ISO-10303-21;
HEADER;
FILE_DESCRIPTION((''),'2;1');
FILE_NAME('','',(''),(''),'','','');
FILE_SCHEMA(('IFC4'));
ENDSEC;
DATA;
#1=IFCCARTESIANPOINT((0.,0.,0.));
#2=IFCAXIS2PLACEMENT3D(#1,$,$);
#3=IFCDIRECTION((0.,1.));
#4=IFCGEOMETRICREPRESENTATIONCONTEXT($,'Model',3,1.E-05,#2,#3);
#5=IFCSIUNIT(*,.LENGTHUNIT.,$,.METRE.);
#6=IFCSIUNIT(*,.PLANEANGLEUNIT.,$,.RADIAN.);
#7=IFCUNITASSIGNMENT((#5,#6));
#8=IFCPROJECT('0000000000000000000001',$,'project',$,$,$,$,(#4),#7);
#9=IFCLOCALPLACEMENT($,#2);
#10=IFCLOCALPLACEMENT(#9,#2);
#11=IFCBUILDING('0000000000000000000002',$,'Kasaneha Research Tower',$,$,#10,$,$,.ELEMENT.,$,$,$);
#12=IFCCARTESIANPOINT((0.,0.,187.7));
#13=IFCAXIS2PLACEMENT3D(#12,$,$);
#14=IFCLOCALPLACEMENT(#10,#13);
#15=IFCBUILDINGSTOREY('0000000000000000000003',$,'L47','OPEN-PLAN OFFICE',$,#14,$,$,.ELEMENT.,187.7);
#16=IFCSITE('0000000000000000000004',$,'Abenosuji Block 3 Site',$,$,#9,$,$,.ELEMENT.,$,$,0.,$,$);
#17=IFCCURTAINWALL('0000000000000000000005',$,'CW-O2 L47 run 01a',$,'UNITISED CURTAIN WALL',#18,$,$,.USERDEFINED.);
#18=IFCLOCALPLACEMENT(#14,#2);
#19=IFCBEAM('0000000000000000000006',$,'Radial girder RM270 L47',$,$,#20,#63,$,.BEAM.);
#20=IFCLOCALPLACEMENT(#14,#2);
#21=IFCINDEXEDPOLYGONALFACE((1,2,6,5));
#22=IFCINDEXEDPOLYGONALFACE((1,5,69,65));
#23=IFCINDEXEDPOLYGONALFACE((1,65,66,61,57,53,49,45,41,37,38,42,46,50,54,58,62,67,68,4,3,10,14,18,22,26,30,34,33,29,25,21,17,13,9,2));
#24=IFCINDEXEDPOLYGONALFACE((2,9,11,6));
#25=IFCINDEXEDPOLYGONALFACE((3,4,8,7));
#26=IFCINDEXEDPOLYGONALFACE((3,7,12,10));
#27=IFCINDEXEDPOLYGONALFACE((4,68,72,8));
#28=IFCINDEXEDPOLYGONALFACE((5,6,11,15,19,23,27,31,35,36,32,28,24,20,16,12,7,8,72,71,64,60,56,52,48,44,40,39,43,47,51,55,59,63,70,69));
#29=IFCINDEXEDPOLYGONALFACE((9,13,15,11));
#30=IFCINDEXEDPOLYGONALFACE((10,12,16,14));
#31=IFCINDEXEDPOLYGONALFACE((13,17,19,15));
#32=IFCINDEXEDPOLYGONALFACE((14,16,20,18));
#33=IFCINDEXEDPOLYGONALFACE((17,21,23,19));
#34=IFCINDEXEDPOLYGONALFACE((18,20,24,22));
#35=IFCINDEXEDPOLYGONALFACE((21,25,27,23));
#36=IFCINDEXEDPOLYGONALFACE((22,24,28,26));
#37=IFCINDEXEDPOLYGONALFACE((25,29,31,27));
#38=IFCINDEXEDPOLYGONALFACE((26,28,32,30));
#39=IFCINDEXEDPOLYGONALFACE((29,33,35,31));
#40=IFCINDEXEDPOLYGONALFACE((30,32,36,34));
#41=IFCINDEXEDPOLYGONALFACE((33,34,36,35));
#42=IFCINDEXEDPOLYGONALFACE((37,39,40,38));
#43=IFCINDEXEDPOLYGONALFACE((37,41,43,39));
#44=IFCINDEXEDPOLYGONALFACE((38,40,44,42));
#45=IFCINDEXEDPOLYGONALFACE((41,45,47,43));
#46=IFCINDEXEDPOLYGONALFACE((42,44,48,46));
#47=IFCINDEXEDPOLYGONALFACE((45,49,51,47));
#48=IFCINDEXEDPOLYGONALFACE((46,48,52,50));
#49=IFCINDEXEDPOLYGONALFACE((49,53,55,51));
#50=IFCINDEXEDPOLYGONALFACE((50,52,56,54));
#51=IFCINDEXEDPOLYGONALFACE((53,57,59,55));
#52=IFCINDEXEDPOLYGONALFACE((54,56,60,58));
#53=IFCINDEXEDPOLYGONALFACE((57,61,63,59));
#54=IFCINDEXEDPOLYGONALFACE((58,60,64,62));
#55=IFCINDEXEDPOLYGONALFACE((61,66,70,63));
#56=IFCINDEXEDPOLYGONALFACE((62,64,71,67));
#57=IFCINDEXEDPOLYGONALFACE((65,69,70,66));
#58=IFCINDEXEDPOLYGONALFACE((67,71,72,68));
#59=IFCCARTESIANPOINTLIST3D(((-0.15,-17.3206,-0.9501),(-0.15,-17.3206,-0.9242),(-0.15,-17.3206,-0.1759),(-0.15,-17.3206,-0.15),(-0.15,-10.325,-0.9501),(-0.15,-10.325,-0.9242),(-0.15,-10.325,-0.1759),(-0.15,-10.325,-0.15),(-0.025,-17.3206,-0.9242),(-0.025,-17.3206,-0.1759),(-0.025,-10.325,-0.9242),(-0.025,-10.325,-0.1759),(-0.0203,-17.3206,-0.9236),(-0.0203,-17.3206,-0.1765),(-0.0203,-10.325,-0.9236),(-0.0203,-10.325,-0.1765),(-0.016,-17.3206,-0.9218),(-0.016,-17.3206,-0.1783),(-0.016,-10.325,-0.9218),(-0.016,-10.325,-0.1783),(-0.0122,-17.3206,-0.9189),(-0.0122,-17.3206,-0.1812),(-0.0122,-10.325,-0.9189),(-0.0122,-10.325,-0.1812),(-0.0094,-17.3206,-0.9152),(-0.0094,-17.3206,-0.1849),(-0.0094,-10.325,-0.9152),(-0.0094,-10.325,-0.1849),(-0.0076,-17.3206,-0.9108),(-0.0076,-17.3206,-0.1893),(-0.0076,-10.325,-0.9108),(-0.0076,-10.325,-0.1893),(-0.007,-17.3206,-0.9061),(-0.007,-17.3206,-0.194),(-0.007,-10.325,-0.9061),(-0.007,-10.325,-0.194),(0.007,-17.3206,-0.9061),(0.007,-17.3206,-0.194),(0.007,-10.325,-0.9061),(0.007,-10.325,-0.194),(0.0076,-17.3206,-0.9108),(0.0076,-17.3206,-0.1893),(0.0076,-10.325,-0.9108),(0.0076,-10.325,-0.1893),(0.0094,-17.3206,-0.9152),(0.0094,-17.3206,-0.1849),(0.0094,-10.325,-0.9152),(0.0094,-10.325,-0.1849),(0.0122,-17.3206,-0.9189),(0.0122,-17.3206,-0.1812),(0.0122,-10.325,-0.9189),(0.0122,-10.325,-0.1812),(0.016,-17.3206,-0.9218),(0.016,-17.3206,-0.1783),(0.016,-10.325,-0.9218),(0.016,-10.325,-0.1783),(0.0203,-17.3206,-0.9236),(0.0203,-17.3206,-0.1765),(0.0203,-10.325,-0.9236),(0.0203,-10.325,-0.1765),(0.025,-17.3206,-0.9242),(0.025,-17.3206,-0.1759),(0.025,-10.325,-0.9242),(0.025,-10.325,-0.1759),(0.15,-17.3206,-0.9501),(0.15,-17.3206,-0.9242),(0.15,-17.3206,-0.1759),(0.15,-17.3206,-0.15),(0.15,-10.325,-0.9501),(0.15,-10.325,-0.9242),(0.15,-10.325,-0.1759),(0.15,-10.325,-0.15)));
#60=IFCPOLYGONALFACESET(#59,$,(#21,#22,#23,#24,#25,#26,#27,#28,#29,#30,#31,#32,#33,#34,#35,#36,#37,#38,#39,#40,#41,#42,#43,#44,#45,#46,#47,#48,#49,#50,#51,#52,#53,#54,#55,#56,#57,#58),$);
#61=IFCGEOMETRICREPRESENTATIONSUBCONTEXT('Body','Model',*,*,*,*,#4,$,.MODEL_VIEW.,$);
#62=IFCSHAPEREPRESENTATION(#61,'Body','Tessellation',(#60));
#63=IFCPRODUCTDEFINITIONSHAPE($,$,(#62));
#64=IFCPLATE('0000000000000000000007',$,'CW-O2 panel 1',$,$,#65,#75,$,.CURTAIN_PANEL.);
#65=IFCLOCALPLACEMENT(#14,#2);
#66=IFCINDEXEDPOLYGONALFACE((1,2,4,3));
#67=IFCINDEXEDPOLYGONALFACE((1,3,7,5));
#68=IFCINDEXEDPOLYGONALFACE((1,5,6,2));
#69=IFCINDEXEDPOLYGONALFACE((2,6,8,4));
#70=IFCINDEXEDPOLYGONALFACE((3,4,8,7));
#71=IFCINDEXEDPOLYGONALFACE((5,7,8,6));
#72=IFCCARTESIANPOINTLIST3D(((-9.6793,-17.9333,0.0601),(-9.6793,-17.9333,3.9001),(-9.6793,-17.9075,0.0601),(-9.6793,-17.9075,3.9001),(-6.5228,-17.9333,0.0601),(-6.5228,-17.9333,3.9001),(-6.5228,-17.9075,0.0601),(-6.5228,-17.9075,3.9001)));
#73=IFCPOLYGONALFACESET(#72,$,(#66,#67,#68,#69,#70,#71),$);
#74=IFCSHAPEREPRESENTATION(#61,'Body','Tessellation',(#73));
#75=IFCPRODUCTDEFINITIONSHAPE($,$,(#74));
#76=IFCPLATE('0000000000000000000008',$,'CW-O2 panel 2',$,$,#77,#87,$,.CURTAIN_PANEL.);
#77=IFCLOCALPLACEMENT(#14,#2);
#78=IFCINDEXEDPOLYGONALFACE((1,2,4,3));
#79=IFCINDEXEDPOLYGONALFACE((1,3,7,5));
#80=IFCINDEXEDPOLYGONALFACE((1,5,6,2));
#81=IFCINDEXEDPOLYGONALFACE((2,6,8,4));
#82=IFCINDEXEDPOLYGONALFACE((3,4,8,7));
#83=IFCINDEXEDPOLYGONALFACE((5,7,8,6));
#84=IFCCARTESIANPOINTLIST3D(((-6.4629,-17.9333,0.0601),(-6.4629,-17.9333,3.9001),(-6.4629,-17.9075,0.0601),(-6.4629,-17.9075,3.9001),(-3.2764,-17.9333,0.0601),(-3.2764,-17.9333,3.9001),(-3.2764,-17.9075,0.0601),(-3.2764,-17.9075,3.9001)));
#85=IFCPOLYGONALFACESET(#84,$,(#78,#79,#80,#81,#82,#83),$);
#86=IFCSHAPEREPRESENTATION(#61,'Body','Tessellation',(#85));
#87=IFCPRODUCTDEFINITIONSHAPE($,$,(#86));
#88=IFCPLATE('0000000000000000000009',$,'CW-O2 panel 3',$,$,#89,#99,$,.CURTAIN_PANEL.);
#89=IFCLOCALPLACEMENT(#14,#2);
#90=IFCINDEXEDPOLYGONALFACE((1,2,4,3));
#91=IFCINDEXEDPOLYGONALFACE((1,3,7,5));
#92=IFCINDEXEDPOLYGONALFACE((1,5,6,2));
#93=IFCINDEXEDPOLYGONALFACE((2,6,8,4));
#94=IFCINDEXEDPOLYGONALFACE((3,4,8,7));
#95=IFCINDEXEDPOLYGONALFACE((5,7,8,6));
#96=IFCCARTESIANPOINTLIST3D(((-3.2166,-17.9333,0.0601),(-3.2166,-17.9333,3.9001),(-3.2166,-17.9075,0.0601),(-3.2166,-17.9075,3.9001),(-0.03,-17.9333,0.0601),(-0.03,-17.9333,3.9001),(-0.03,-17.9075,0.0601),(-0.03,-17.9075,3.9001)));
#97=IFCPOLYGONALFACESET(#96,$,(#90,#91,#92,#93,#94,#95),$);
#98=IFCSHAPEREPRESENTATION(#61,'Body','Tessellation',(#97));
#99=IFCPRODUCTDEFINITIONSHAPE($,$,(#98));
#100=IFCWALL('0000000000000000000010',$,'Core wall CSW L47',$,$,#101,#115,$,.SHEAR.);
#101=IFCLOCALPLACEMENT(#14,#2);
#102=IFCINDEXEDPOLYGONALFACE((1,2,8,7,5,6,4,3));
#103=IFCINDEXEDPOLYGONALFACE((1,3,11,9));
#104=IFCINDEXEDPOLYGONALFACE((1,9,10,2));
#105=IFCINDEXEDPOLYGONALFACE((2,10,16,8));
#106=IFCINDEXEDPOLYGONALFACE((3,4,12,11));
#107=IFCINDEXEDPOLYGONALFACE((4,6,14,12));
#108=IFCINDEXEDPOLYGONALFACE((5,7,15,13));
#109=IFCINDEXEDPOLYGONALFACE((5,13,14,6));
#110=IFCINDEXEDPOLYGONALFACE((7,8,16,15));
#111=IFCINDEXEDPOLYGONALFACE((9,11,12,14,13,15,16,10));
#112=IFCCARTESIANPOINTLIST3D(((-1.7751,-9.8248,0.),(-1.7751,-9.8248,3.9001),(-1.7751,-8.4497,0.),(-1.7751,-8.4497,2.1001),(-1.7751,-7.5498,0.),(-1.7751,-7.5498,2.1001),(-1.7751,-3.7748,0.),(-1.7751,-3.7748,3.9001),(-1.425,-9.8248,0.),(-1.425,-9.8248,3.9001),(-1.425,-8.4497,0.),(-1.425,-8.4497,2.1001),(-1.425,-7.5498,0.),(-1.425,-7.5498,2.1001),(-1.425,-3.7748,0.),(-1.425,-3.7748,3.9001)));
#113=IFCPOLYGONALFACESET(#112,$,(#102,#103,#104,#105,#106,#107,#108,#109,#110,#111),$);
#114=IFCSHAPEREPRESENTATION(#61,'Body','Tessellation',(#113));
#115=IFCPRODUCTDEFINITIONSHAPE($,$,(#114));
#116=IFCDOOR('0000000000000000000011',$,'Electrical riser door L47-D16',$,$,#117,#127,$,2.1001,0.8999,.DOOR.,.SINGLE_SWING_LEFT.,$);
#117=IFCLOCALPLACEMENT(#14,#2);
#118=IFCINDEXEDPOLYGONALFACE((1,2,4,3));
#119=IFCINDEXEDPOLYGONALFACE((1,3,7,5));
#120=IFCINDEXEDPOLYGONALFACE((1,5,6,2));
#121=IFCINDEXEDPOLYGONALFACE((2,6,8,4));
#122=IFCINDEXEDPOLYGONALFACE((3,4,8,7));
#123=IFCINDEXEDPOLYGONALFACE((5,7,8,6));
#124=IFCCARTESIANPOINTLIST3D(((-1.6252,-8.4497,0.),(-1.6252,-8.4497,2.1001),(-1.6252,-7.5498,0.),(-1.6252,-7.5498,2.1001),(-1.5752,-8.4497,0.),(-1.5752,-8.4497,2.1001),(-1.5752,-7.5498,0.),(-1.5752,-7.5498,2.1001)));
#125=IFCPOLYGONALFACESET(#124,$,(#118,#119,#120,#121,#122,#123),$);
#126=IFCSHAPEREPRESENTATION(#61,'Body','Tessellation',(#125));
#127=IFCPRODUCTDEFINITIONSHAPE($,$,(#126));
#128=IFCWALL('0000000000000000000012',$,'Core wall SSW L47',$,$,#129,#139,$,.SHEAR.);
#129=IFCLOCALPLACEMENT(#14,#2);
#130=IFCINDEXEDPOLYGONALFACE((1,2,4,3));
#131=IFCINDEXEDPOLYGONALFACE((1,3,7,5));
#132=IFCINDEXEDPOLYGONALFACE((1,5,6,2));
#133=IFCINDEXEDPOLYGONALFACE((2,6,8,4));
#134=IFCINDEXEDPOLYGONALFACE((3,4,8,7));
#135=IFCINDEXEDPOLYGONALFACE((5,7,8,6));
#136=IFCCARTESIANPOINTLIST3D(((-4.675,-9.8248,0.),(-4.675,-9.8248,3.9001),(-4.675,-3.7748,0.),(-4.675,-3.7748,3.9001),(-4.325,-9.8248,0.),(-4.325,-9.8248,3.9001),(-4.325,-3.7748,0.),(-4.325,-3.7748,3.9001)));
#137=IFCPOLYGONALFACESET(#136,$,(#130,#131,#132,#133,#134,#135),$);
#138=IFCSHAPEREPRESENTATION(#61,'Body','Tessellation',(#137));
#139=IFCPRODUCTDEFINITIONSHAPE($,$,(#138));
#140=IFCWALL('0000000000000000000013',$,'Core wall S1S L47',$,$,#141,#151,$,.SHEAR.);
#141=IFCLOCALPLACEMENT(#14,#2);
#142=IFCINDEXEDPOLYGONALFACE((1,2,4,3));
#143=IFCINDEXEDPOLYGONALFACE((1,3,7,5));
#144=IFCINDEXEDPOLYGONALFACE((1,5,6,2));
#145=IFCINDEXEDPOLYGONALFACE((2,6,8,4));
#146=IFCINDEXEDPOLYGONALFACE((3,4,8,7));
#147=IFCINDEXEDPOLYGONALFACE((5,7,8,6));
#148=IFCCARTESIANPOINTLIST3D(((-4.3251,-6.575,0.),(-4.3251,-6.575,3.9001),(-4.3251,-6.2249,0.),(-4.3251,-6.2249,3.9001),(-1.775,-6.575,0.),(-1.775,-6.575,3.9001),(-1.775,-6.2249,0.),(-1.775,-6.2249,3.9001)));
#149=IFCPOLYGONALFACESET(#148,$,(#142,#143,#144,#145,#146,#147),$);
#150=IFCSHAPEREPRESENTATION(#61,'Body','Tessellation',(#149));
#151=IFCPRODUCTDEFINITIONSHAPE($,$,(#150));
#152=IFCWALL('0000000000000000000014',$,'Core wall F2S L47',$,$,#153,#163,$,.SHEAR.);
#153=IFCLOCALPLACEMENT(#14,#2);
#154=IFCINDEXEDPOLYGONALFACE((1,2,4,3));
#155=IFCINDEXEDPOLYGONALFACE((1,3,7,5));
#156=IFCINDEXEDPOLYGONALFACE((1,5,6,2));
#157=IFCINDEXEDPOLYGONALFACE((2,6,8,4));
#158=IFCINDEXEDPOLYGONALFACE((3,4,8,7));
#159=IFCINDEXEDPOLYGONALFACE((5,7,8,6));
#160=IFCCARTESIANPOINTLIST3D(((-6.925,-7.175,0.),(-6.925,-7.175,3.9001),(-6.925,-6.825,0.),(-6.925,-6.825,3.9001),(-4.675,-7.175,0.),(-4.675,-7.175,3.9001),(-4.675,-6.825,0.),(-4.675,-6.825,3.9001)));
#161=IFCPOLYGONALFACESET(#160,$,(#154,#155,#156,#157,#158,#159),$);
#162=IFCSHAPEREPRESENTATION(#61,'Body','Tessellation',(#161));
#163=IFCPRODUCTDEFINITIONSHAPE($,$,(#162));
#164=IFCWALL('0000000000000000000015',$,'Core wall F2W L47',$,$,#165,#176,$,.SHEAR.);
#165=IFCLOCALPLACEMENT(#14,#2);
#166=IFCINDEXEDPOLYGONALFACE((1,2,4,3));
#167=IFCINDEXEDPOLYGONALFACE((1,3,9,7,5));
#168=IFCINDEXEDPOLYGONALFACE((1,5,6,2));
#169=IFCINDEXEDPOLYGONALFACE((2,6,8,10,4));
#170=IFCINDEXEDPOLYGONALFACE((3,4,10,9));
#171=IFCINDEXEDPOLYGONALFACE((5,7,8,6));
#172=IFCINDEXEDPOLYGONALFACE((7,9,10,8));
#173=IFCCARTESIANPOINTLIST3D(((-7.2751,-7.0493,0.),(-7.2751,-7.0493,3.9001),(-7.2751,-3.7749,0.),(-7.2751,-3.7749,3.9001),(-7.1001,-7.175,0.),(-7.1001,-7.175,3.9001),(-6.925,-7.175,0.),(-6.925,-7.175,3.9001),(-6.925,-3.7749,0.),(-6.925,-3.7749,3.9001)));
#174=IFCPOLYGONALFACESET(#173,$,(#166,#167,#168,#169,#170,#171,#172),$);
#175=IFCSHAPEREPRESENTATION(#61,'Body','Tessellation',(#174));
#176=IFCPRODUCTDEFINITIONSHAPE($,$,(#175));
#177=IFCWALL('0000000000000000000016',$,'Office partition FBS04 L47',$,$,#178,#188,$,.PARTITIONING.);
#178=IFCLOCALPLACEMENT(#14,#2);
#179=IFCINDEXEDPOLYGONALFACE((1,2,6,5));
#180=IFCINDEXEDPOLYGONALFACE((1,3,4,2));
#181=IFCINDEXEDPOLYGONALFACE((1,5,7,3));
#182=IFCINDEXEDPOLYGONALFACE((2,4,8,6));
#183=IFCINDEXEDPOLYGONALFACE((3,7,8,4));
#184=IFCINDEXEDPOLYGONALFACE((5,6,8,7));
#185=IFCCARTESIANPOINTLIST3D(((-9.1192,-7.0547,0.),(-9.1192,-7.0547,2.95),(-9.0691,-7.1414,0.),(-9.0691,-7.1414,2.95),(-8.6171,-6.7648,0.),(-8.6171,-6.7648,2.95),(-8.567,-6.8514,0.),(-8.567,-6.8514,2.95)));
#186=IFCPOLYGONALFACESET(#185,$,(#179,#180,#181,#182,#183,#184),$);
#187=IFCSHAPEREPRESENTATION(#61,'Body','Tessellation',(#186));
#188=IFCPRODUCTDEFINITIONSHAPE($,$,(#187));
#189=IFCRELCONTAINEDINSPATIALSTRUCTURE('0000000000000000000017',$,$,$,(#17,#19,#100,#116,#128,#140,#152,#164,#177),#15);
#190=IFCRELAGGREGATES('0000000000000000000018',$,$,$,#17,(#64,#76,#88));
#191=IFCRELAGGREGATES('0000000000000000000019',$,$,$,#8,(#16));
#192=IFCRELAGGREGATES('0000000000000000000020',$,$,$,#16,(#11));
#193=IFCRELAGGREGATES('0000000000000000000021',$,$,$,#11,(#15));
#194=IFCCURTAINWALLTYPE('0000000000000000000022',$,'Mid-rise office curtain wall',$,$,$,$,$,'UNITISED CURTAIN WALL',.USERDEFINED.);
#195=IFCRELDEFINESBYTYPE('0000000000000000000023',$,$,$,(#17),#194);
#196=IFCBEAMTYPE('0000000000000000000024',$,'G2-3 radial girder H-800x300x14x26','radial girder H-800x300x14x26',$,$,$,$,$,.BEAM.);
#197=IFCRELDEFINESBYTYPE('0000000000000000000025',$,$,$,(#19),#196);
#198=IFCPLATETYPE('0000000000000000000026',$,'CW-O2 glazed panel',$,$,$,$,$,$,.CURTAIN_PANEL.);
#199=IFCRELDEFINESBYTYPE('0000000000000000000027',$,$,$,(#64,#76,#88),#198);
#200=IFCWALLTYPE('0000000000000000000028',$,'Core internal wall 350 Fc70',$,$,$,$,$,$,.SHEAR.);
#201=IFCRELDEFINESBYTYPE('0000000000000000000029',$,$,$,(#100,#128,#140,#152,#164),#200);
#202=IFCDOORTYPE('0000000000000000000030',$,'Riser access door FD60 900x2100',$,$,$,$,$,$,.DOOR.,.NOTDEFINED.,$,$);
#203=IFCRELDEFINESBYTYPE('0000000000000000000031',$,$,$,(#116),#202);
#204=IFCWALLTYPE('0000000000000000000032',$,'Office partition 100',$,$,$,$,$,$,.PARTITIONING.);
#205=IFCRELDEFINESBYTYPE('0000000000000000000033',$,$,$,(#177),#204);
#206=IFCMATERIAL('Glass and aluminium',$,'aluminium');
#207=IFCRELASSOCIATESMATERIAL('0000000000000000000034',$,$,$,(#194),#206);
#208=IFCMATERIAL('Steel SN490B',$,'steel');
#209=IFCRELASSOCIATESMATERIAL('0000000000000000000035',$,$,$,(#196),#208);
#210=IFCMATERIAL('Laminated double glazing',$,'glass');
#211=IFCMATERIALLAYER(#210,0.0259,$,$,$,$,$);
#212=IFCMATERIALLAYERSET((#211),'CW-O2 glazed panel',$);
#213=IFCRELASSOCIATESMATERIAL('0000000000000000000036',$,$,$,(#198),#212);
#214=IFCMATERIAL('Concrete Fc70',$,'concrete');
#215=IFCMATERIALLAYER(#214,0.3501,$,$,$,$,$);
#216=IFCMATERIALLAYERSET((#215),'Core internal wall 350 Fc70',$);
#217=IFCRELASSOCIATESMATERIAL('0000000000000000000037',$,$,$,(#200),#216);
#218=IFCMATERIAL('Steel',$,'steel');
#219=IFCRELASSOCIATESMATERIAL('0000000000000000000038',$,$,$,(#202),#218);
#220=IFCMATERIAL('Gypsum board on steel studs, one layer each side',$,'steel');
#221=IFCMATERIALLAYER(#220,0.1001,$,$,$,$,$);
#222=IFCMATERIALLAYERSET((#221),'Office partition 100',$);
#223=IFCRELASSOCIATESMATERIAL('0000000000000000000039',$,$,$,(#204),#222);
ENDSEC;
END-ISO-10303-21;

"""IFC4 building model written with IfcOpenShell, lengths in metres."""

from ifc_helpers import new_model, si_unit, direction, frame, frame_2d, origin, origin_2d, place, context, subcontext, project, spatial, polyline, rectangle, i_section, outline, extrude, material, layer, layer_set, material_profile, profile_set, type_object, element, fill, aggregate, save


model = new_model("IFC4")

# Units and contexts
model_context = context("Model", 3, precision=1e-05, world=origin(), true_north=direction((0.0, 1.0)))
body_context = subcontext(model_context, "Body", "Model", "MODEL_VIEW")
ifc_project = project(units=[si_unit("LENGTHUNIT", "METRE"), si_unit("PLANEANGLEUNIT", "RADIAN")], contexts=[model_context])

# Site, building, storey
site_placement = place(None, origin())
site = spatial("IfcSite", under=ifc_project, at=site_placement, Name="Abenosuji Block 3 Site", CompositionType="ELEMENT", RefElevation=0.0)
building_placement = place(site_placement, origin())
building = spatial("IfcBuilding", under=site, at=building_placement, Name="Kasaneha Research Tower", CompositionType="ELEMENT")
storey_placement = place(building_placement, frame((0.0, 0.0, 187.7)))
storey = spatial("IfcBuildingStorey", under=building, at=storey_placement, Name="L47", Description="OPEN-PLAN OFFICE", CompositionType="ELEMENT", Elevation=187.7)

# Curtain wall
ifc_material_1 = material(Name="Glass and aluminium", Category="aluminium")
curtain_wall_type = type_object("IfcCurtainWallType", Name="Mid-rise office curtain wall", ElementType="UNITISED CURTAIN WALL", PredefinedType="USERDEFINED", material=ifc_material_1)
curtain_wall_placement = place(storey_placement, origin())
curtain_wall = element("IfcCurtainWall", 1, at=curtain_wall_placement, inside=storey, type_object=curtain_wall_type, Name="CW-O2 L47 run 01a", ObjectType="UNITISED CURTAIN WALL", PredefinedType="USERDEFINED")

# Beam
ifc_material_2 = material(Name="Steel SN490B", Category="steel")
ifc_material_profile_1 = material_profile(ifc_material_2, i_section(OverallWidth=0.3, OverallDepth=0.8, WebThickness=0.0139, FlangeThickness=0.0259, FilletRadius=0.0181, at=origin_2d()), Name="H-800x300x14x26")
ifc_profile_set_1 = profile_set([ifc_material_profile_1], Name="Steel SN490B")
beam_type_1 = type_object("IfcBeamType", Name="G2-3 radial girder H-800x300x14x26", Description="radial girder H-800x300x14x26", PredefinedType="BEAM", material=ifc_profile_set_1)
beam_1_placement = place(storey_placement, frame((0.0, -10.325, -0.55), z_axis=(0.0, -1.0, 0.0), x_axis=(1.0, 0.0, 0.0)))
element("IfcBeam", 2, at=beam_1_placement, inside=storey, type_object=beam_type_1, Name="Radial girder RM270 L47", PredefinedType="BEAM", context=body_context, shape_type="SweptSolid", body=[
    extrude(i_section(OverallWidth=0.3, OverallDepth=0.8, WebThickness=0.0139, FlangeThickness=0.0259, FilletRadius=0.0181, at=origin_2d()), origin(), (0.0, 0.0, 1.0), 6.9956),
])

# Plates
ifc_material_3 = material(Name="Laminated double glazing", Category="glass")
ifc_layer_1 = layer(ifc_material_3, 0.0259)
ifc_layer_set_1 = layer_set([ifc_layer_1], Name="CW-O2 glazed panel")
plate_type = type_object("IfcPlateType", Name="CW-O2 glazed panel", PredefinedType="CURTAIN_PANEL", material=ifc_layer_set_1)
plate_1_placement = place(storey_placement, frame((-8.1011, -17.9204, 0.0601), z_axis=(0.0, 0.0, 1.0), x_axis=(1.0, 0.0, 0.0)))
plate_1 = element("IfcPlate", 3, at=plate_1_placement, type_object=plate_type, Name="CW-O2 panel 1", PredefinedType="CURTAIN_PANEL", context=body_context, shape_type="SweptSolid", body=[
    extrude(rectangle(XDim=3.1565, YDim=0.0259, at=origin_2d()), origin(), (0.0, 0.0, 1.0), 3.8401),
])
plate_2_placement = place(storey_placement, frame((-4.8696, -17.9204, 0.0601), z_axis=(0.0, 0.0, 1.0), x_axis=(1.0, 0.0, 0.0)))
plate_2 = element("IfcPlate", 4, at=plate_2_placement, type_object=plate_type, Name="CW-O2 panel 2", PredefinedType="CURTAIN_PANEL", context=body_context, shape_type="SweptSolid", body=[
    extrude(rectangle(XDim=3.1865, YDim=0.0259, at=origin_2d()), origin(), (0.0, 0.0, 1.0), 3.8401),
])
plate_3_placement = place(storey_placement, frame((-1.6233, -17.9204, 0.0601), z_axis=(0.0, 0.0, 1.0), x_axis=(1.0, 0.0, 0.0)))
plate_3 = element("IfcPlate", 5, at=plate_3_placement, type_object=plate_type, Name="CW-O2 panel 3", PredefinedType="CURTAIN_PANEL", context=body_context, shape_type="SweptSolid", body=[
    extrude(rectangle(XDim=3.1865, YDim=0.0259, at=origin_2d()), origin(), (0.0, 0.0, 1.0), 3.8401),
])
aggregate(curtain_wall, [plate_1, plate_2, plate_3])

# Wall, opening, door
ifc_material_4 = material(Name="Concrete Fc70", Category="concrete")
ifc_layer_2 = layer(ifc_material_4, 0.3501)
ifc_layer_set_2 = layer_set([ifc_layer_2], Name="Core internal wall 350 Fc70")
wall_type_1 = type_object("IfcWallType", Name="Core internal wall 350 Fc70", PredefinedType="SHEAR", material=ifc_layer_set_2)
wall_1_placement = place(storey_placement, frame((-1.6001, -3.7749, 0.0), z_axis=(0.0, 0.0, 1.0), x_axis=(0.0, -1.0, 0.0)))
wall_1 = element("IfcWall", 6, at=wall_1_placement, inside=storey, type_object=wall_type_1, Name="Core wall CSW L47", PredefinedType="SHEAR", context=body_context, shape_type="SweptSolid", body=[
    extrude(rectangle(XDim=6.05, YDim=0.3501, at=frame_2d((3.0249, 0.0))), origin(), (0.0, 0.0, 1.0), 3.9001),
])
opening_1_placement = place(wall_1_placement, frame((3.7749, 0.0, 0.0)))
opening_1 = element("IfcOpeningElement", 7, at=opening_1_placement, cuts=wall_1, PredefinedType="OPENING", context=body_context, shape_type="SweptSolid", body=[
    extrude(rectangle(XDim=0.8999, YDim=2.1001, at=frame_2d((0.45, 1.05))), frame((0.0, 0.1851, 0.0), z_axis=(0.0, -1.0, 0.0), x_axis=(1.0, 0.0, 0.0)), (0.0, 0.0, 1.0), 0.3701),
])
ifc_material_5 = material(Name="Steel", Category="steel")
door_type_1 = type_object("IfcDoorType", Name="Riser access door FD60 900x2100", OperationType="NOTDEFINED", PredefinedType="DOOR", material=ifc_material_5)
door_1_placement = place(opening_1_placement, origin())
door_1 = element("IfcDoor", 8, at=door_1_placement, inside=storey, type_object=door_type_1, Name="Electrical riser door L47-D16", OperationType="SINGLE_SWING_LEFT", OverallHeight=2.1001, OverallWidth=0.8999, PredefinedType="DOOR", context=body_context, shape_type="SweptSolid", body=[
    extrude(rectangle(XDim=0.8999, YDim=2.1001, at=frame_2d((0.45, 1.05))), frame((0.0, 0.0249, 0.0), z_axis=(0.0, -1.0, 0.0), x_axis=(1.0, 0.0, 0.0)), (0.0, 0.0, 1.0), 0.05),
])
fill(opening_1, door_1)

# Walls
wall_2_placement = place(storey_placement, frame((-4.5, -3.7749, 0.0), z_axis=(0.0, 0.0, 1.0), x_axis=(0.0, -1.0, 0.0)))
element("IfcWall", 9, at=wall_2_placement, inside=storey, type_object=wall_type_1, Name="Core wall SSW L47", PredefinedType="SHEAR", context=body_context, shape_type="SweptSolid", body=[
    extrude(rectangle(XDim=6.05, YDim=0.3501, at=frame_2d((3.0249, 0.0))), origin(), (0.0, 0.0, 1.0), 3.9001),
])
wall_3_placement = place(storey_placement, frame((-4.325, -6.3999, 0.0), z_axis=(0.0, 0.0, 1.0), x_axis=(1.0, 0.0, 0.0)))
element("IfcWall", 10, at=wall_3_placement, inside=storey, type_object=wall_type_1, Name="Core wall S1S L47", PredefinedType="SHEAR", context=body_context, shape_type="SweptSolid", body=[
    extrude(rectangle(XDim=2.55, YDim=0.3501, at=frame_2d((1.2749, 0.0))), origin(), (0.0, 0.0, 1.0), 3.9001),
])
wall_4_placement = place(storey_placement, frame((-6.925, -7.0, 0.0), z_axis=(0.0, 0.0, 1.0), x_axis=(1.0, 0.0, 0.0)))
element("IfcWall", 11, at=wall_4_placement, inside=storey, type_object=wall_type_1, Name="Core wall F2S L47", PredefinedType="SHEAR", context=body_context, shape_type="SweptSolid", body=[
    extrude(rectangle(XDim=2.25, YDim=0.3501, at=frame_2d((1.125, 0.0))), origin(), (0.0, 0.0, 1.0), 3.9001),
])
wall_5_placement = place(storey_placement, frame((-7.1001, -3.7749, 0.0), z_axis=(0.0, 0.0, 1.0), x_axis=(0.0, -1.0, 0.0)))
element("IfcWall", 12, at=wall_5_placement, inside=storey, type_object=wall_type_1, Name="Core wall F2W L47", PredefinedType="SHEAR", context=body_context, shape_type="SweptSolid", body=[
    extrude(outline(polyline([(0.0, -0.175), (3.2744, -0.175), (3.4001, 0.0), (3.4001, 0.175), (0.0, 0.175), (0.0, -0.175)])), origin(), (0.0, 0.0, 1.0), 3.9001),
])

# Wall
ifc_material_6 = material(Name="Gypsum board on steel studs, one layer each side", Category="steel")
ifc_layer_3 = layer(ifc_material_6, 0.1001)
ifc_layer_set_3 = layer_set([ifc_layer_3], Name="Office partition 100")
wall_type_2 = type_object("IfcWallType", Name="Office partition 100", PredefinedType="PARTITIONING", material=ifc_layer_set_3)
wall_6_placement = place(storey_placement, frame((-9.0942, -7.0981, 0.0), z_axis=(0.0, 0.0, 1.0), x_axis=(0.865954, 0.500123, 0.0)))
element("IfcWall", 13, at=wall_6_placement, inside=storey, type_object=wall_type_2, Name="Office partition FBS04 L47", PredefinedType="PARTITIONING", context=body_context, shape_type="SweptSolid", body=[
    extrude(rectangle(XDim=0.5798, YDim=0.1001, at=frame_2d((0.29, 0.0))), origin(), (0.0, 0.0, 1.0), 2.95),
])

save(model, "model.ifc")
